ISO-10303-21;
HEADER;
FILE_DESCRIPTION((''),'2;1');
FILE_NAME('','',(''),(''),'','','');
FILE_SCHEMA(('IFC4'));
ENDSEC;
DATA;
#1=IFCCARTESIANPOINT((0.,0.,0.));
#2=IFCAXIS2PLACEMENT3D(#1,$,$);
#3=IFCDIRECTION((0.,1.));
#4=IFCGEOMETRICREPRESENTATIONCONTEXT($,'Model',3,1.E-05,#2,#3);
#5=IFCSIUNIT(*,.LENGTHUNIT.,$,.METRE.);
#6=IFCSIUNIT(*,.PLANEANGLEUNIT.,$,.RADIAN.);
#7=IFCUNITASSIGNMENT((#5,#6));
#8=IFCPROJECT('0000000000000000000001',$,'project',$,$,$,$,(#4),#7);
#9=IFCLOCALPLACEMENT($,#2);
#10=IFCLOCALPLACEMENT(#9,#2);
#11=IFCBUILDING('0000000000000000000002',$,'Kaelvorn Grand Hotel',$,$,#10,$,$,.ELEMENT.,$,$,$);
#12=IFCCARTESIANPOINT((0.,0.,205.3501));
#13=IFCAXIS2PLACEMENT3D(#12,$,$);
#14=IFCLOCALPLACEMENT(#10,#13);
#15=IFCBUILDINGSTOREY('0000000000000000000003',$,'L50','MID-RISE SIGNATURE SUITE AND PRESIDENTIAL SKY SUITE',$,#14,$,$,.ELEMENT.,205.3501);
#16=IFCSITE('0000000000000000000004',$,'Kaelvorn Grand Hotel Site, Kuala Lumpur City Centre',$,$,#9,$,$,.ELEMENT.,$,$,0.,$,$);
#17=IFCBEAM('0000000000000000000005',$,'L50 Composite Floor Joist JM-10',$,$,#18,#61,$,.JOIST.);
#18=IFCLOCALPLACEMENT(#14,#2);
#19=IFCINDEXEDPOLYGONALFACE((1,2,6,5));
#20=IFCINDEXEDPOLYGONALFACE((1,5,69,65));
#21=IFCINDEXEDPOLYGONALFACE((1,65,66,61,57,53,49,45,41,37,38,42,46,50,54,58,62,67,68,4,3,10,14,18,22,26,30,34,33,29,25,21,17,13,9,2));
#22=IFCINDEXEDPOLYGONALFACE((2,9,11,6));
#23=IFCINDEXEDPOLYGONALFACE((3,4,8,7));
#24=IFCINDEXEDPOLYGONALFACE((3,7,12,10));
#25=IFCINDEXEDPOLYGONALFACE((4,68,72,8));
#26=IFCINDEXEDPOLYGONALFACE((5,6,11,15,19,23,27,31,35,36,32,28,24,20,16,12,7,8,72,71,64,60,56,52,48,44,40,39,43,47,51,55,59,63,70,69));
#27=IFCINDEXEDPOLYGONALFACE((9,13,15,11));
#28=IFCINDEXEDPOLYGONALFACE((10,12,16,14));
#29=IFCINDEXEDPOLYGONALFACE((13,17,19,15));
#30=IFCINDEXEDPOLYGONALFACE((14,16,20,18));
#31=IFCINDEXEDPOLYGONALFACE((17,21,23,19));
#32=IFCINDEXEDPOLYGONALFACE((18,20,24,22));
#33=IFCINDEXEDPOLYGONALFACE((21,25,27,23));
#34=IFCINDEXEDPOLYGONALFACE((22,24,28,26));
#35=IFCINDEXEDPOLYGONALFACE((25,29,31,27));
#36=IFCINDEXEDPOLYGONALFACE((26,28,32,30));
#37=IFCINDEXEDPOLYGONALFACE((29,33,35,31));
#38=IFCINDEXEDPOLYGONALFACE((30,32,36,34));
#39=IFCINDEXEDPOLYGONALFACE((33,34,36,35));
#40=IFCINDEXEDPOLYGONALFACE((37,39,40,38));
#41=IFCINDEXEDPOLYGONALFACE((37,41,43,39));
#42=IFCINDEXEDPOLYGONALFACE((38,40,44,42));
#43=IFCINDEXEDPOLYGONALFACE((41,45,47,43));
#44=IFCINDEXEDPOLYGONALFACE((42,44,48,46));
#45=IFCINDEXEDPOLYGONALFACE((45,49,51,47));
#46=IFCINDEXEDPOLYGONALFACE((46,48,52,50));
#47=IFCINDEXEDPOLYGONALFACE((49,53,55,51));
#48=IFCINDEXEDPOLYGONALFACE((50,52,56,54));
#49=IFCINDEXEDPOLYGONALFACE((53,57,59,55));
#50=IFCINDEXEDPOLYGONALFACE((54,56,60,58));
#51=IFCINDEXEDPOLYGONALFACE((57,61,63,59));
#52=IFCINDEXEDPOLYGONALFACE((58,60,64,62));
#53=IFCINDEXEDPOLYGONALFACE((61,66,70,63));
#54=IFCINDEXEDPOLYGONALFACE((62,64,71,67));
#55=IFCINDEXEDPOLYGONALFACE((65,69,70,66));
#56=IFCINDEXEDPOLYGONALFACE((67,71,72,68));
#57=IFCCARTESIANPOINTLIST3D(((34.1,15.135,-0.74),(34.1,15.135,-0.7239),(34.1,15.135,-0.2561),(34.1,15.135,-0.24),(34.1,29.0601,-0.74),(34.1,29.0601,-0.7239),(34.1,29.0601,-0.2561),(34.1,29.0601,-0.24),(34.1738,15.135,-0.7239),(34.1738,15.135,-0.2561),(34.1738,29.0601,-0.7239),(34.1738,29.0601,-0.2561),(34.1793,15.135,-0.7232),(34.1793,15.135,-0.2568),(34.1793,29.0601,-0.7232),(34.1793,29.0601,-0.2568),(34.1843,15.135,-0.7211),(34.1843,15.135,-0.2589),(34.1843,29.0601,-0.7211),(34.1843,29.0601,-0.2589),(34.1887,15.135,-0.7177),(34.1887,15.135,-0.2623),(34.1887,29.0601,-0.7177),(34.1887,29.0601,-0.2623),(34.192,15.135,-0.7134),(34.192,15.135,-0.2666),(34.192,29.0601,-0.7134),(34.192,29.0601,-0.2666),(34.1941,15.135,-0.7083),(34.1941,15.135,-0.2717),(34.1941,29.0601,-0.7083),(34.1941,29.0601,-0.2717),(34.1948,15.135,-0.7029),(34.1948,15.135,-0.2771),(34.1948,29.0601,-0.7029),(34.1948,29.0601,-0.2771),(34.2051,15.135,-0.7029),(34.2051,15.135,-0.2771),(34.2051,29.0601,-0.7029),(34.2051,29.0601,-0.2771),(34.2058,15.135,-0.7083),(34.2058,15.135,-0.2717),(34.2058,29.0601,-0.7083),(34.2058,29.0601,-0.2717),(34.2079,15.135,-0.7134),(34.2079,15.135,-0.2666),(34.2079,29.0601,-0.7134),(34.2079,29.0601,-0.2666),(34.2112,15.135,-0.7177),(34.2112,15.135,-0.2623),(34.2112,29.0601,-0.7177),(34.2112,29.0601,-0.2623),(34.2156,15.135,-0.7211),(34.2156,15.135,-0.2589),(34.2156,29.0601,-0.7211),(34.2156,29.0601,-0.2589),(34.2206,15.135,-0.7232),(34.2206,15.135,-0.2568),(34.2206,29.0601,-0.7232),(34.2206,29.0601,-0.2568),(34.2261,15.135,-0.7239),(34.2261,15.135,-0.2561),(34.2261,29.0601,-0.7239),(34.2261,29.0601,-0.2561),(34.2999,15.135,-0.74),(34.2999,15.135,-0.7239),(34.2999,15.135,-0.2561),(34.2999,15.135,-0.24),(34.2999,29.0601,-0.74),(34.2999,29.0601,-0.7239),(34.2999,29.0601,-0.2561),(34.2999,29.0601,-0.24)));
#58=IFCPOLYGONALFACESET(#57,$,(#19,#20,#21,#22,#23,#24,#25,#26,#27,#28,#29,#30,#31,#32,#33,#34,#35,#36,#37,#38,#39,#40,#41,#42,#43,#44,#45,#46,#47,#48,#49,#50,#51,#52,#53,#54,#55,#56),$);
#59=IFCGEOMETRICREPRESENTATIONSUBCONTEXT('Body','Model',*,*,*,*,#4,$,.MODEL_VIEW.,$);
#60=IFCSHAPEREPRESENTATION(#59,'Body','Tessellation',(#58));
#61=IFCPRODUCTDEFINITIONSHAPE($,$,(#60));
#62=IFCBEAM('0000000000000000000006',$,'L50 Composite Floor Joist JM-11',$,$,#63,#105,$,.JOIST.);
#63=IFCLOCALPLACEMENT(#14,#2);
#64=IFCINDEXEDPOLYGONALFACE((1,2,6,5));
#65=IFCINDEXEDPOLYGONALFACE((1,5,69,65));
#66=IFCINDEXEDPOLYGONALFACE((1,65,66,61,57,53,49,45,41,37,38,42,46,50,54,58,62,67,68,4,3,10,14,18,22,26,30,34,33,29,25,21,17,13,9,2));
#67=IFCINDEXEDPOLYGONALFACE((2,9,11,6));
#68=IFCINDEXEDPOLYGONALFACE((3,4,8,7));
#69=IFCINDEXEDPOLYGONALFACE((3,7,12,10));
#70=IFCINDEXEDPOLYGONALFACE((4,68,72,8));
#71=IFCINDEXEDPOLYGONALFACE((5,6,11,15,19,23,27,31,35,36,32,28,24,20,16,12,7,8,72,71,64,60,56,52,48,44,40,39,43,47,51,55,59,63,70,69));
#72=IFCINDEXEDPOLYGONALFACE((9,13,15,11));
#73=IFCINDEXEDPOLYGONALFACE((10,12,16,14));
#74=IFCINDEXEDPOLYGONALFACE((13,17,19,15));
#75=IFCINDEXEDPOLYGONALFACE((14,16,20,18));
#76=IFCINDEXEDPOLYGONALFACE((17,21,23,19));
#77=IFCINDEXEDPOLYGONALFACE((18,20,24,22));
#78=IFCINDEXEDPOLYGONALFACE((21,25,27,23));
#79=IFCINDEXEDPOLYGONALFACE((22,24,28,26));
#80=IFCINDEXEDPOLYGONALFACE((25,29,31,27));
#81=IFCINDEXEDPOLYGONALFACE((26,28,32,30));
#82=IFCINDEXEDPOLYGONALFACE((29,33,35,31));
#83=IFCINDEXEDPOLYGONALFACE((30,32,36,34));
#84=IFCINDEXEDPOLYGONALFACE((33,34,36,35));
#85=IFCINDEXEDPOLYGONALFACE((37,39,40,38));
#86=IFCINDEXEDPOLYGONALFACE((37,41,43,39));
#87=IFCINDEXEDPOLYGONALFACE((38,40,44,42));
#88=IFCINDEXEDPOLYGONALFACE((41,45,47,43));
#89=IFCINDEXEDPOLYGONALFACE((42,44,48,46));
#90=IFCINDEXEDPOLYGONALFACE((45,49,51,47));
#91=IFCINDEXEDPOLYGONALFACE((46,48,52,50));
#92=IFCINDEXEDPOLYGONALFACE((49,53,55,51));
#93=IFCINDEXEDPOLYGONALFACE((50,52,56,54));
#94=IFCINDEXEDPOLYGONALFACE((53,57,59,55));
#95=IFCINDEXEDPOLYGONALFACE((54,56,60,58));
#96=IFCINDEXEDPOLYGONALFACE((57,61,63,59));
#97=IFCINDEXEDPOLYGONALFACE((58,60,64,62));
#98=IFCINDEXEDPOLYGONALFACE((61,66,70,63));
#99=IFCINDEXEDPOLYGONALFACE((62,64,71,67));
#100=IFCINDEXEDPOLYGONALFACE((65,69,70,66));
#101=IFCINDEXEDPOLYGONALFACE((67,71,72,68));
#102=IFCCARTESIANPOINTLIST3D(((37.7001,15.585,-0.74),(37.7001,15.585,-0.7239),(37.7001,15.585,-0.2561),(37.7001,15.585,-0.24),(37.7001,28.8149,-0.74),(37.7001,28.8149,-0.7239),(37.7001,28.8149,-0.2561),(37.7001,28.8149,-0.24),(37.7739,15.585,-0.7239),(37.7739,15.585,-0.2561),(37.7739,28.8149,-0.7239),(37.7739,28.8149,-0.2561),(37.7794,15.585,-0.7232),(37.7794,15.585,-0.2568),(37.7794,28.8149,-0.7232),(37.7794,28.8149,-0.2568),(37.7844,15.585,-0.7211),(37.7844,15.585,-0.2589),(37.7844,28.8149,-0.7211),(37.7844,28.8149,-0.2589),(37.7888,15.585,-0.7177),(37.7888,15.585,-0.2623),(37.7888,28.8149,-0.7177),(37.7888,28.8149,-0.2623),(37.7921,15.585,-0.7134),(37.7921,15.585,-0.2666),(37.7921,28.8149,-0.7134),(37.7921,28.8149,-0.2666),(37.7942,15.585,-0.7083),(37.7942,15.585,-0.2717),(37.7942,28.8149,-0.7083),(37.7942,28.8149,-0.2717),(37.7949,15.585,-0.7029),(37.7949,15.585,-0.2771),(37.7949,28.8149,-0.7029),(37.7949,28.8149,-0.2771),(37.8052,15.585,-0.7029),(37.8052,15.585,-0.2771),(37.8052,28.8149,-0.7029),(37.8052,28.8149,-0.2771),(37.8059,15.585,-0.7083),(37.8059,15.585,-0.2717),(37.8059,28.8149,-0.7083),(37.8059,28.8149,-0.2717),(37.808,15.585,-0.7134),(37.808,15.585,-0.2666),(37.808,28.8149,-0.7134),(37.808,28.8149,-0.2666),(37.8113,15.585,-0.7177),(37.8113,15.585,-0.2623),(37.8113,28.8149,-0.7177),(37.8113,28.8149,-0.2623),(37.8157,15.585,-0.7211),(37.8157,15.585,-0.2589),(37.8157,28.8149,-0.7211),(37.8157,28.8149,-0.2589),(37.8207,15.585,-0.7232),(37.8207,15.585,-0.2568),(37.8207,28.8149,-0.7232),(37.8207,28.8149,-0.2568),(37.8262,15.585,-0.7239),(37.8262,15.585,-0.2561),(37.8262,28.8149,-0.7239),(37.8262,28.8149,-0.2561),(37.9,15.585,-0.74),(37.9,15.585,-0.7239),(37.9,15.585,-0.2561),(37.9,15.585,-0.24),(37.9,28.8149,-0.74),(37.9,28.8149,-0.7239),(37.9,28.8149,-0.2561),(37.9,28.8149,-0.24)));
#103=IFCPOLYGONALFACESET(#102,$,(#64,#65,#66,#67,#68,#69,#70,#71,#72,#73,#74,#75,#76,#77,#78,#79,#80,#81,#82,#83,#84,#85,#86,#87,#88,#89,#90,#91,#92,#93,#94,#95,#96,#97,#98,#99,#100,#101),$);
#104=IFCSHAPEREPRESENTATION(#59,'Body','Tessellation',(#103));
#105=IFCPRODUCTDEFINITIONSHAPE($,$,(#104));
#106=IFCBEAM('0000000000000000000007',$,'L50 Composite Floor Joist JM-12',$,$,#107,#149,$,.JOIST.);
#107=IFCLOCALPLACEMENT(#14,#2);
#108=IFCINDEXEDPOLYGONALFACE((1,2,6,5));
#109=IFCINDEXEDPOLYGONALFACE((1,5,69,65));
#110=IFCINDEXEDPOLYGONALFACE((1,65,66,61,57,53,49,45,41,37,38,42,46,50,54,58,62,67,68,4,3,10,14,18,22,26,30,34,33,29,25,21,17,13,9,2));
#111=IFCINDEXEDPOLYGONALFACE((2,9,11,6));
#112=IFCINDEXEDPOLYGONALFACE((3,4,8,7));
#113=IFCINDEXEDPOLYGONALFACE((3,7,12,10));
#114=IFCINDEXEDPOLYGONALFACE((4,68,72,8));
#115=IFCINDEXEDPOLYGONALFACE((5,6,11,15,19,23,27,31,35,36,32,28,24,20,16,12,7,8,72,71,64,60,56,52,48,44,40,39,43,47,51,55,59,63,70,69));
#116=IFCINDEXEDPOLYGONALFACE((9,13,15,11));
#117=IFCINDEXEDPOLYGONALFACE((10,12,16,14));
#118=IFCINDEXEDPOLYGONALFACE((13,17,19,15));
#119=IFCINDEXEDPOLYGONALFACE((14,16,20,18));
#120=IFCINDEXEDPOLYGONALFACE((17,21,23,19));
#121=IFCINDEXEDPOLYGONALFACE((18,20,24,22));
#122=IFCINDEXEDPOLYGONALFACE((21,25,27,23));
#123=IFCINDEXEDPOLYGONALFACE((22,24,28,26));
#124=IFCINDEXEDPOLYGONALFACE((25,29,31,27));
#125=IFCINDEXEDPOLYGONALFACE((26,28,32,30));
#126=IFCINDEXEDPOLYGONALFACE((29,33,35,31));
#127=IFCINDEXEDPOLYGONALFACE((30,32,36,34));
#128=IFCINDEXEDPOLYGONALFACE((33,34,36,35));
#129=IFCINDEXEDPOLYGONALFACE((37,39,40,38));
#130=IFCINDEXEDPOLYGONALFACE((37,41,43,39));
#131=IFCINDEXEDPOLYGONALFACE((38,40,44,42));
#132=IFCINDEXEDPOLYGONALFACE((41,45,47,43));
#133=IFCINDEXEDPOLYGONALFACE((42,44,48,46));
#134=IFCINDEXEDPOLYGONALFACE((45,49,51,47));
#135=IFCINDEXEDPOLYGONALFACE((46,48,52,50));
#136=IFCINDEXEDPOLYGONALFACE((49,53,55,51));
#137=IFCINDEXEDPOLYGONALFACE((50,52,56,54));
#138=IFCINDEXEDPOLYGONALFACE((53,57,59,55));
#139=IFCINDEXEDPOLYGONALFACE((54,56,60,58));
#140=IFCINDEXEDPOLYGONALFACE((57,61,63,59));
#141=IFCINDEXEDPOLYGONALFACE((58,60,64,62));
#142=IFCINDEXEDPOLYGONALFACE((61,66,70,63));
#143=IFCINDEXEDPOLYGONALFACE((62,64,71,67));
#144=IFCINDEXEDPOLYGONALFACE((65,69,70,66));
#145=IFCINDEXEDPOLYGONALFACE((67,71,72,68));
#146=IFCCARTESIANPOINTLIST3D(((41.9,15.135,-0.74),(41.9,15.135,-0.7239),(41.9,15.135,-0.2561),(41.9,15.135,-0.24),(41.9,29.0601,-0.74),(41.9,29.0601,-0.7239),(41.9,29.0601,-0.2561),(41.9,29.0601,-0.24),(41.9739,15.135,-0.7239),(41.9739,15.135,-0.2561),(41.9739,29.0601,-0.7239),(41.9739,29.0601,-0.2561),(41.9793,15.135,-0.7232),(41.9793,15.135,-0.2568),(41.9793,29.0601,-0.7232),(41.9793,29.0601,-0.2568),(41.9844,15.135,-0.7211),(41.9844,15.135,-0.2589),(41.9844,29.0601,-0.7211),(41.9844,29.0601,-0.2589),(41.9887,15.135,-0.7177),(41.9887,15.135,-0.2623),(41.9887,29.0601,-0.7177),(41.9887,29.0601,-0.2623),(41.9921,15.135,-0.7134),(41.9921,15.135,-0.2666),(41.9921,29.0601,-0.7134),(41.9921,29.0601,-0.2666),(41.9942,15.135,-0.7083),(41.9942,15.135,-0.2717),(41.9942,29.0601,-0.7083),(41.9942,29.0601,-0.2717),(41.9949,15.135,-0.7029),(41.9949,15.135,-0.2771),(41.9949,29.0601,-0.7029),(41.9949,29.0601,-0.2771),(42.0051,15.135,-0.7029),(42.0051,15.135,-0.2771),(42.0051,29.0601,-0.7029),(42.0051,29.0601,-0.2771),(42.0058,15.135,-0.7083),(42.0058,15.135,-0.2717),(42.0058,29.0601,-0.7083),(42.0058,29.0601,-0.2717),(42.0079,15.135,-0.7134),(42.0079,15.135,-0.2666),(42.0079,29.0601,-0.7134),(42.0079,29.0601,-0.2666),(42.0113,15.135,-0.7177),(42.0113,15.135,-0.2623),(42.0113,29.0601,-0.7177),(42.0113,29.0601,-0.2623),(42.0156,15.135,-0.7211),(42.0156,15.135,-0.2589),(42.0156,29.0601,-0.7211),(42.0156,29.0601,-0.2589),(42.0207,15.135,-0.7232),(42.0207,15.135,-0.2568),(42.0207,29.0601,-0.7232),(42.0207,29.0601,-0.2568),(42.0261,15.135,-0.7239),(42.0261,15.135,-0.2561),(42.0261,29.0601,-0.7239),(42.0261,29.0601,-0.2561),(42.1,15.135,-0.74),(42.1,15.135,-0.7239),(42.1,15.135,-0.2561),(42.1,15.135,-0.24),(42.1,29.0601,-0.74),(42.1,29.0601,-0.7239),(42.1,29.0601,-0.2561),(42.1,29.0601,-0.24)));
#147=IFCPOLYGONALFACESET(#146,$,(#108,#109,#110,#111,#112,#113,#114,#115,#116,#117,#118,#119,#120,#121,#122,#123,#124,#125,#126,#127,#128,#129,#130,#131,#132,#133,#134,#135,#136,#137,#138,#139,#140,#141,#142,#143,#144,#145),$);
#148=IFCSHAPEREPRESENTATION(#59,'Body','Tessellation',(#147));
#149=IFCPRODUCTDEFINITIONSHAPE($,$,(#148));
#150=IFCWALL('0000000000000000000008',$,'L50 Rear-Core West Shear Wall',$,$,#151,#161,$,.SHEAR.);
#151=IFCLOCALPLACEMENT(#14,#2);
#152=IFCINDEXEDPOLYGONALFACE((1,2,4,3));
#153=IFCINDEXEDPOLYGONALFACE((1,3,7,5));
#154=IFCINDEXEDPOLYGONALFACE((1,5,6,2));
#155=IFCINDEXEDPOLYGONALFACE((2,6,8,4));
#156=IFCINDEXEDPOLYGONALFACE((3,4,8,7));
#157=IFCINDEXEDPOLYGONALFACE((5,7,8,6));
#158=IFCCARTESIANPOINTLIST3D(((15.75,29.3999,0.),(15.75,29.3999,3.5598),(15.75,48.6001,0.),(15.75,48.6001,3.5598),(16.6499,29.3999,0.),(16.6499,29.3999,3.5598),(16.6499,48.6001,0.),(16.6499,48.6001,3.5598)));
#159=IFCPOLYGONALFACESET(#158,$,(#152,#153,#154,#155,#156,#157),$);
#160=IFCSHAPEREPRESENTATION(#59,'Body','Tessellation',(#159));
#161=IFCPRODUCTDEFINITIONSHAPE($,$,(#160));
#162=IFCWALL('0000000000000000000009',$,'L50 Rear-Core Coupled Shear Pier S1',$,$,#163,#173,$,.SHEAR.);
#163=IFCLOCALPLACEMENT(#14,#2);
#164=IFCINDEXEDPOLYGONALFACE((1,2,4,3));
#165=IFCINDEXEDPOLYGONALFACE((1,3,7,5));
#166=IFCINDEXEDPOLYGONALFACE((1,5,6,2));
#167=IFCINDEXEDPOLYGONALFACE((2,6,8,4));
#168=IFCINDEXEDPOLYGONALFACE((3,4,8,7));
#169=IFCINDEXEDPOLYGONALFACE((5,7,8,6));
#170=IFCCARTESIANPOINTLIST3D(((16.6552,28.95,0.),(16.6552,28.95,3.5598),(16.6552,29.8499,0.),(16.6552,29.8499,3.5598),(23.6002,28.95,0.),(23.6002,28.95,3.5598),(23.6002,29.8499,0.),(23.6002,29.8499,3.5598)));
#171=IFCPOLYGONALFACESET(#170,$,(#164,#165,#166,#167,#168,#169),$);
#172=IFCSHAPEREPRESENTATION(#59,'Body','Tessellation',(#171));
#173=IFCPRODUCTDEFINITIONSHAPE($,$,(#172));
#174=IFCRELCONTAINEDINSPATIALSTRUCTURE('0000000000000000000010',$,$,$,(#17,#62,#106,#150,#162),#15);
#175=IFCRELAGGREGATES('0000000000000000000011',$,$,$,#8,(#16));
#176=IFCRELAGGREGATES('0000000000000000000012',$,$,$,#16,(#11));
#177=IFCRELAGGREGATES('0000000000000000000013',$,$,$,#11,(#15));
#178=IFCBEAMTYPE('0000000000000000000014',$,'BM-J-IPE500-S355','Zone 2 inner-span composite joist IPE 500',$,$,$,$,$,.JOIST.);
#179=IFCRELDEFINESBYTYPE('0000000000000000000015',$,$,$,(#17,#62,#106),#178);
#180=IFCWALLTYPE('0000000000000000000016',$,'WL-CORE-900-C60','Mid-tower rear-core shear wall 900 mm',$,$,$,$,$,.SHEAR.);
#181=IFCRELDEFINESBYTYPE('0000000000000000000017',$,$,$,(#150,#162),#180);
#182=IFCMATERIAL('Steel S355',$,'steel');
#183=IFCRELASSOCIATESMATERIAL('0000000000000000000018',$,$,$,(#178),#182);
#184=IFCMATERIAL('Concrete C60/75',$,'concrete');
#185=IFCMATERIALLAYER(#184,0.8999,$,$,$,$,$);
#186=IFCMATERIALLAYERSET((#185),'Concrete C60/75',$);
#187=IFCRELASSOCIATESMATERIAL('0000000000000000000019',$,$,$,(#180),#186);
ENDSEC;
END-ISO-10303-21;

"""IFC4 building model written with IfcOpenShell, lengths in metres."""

from ifc_helpers import new_model, si_unit, direction, frame, frame_2d, origin, origin_2d, place, context, subcontext, project, spatial, rectangle, i_section, extrude, material, layer, layer_set, material_profile, profile_set, type_object, element, save


model = new_model("IFC4")

# Units and contexts
model_context = context("Model", 3, precision=1e-05, world=origin(), true_north=direction((0.0, 1.0)))
body_context = subcontext(model_context, "Body", "Model", "MODEL_VIEW")
ifc_project = project(units=[si_unit("LENGTHUNIT", "METRE"), si_unit("PLANEANGLEUNIT", "RADIAN")], contexts=[model_context])

# Site, building, storey
site_placement = place(None, origin())
site = spatial("IfcSite", under=ifc_project, at=site_placement, Name="Kaelvorn Grand Hotel Site, Kuala Lumpur City Centre", CompositionType="ELEMENT", RefElevation=0.0)
building_placement = place(site_placement, origin())
building = spatial("IfcBuilding", under=site, at=building_placement, Name="Kaelvorn Grand Hotel", CompositionType="ELEMENT")
storey_placement = place(building_placement, frame((0.0, 0.0, 205.3501)))
storey = spatial("IfcBuildingStorey", under=building, at=storey_placement, Name="L50", Description="MID-RISE SIGNATURE SUITE AND PRESIDENTIAL SKY SUITE", CompositionType="ELEMENT", Elevation=205.3501)

# Shared definitions
ifc_material_1 = material(Name="Concrete C60/75", Category="concrete")

# Beams
ifc_material_2 = material(Name="Steel S355", Category="steel")
ifc_material_profile_1 = material_profile(ifc_material_2, i_section(OverallWidth=0.2, OverallDepth=0.5, WebThickness=0.0103, FlangeThickness=0.0161, FilletRadius=0.021, at=origin_2d()), Name="IPE 500")
ifc_profile_set_1 = profile_set([ifc_material_profile_1], Name="Steel S355")
beam_type_1 = type_object("IfcBeamType", Name="BM-J-IPE500-S355", Description="Zone 2 inner-span composite joist IPE 500", PredefinedType="JOIST", material=ifc_profile_set_1)
beam_1_placement = place(storey_placement, frame((34.2, 15.135, -0.49), z_axis=(0.0, 1.0, 0.0), x_axis=(-1.0, 0.0, 0.0)))
element("IfcBeam", 1, at=beam_1_placement, inside=storey, type_object=beam_type_1, Name="L50 Composite Floor Joist JM-10", PredefinedType="JOIST", context=body_context, shape_type="SweptSolid", body=[
    extrude(i_section(OverallWidth=0.2, OverallDepth=0.5, WebThickness=0.0103, FlangeThickness=0.0161, FilletRadius=0.021, at=origin_2d()), origin(), (0.0, 0.0, 1.0), 13.925),
])
beam_2_placement = place(storey_placement, frame((37.8, 15.585, -0.49), z_axis=(0.0, 1.0, 0.0), x_axis=(-1.0, 0.0, 0.0)))
element("IfcBeam", 2, at=beam_2_placement, inside=storey, type_object=beam_type_1, Name="L50 Composite Floor Joist JM-11", PredefinedType="JOIST", context=body_context, shape_type="SweptSolid", body=[
    extrude(i_section(OverallWidth=0.2, OverallDepth=0.5, WebThickness=0.0103, FlangeThickness=0.0161, FilletRadius=0.021, at=origin_2d()), origin(), (0.0, 0.0, 1.0), 13.23),
])
beam_3_placement = place(storey_placement, frame((42.0, 15.135, -0.49), z_axis=(0.0, 1.0, 0.0), x_axis=(-1.0, 0.0, 0.0)))
element("IfcBeam", 3, at=beam_3_placement, inside=storey, type_object=beam_type_1, Name="L50 Composite Floor Joist JM-12", PredefinedType="JOIST", context=body_context, shape_type="SweptSolid", body=[
    extrude(i_section(OverallWidth=0.2, OverallDepth=0.5, WebThickness=0.0103, FlangeThickness=0.0161, FilletRadius=0.021, at=origin_2d()), origin(), (0.0, 0.0, 1.0), 13.925),
])

# Walls
ifc_layer_1 = layer(ifc_material_1, 0.8999)
ifc_layer_set_1 = layer_set([ifc_layer_1], Name="Concrete C60/75")
wall_type_1 = type_object("IfcWallType", Name="WL-CORE-900-C60", Description="Mid-tower rear-core shear wall 900 mm", PredefinedType="SHEAR", material=ifc_layer_set_1)
wall_1_placement = place(storey_placement, frame((16.2, 29.3999, 0.0), z_axis=(0.0, 0.0, 1.0), x_axis=(0.0, 1.0, 0.0)))
element("IfcWall", 4, at=wall_1_placement, inside=storey, type_object=wall_type_1, Name="L50 Rear-Core West Shear Wall", PredefinedType="SHEAR", context=body_context, shape_type="SweptSolid", body=[
    extrude(rectangle(XDim=19.2002, YDim=0.8999, at=frame_2d((9.6001, 0.0))), origin(), (0.0, 0.0, 1.0), 3.5598),
])
wall_2_placement = place(storey_placement, frame((16.655, 29.3999, 0.0), z_axis=(0.0, 0.0, 1.0), x_axis=(1.0, 0.0, 0.0)))
element("IfcWall", 5, at=wall_2_placement, inside=storey, type_object=wall_type_1, Name="L50 Rear-Core Coupled Shear Pier S1", PredefinedType="SHEAR", context=body_context, shape_type="SweptSolid", body=[
    extrude(rectangle(XDim=6.9451, YDim=0.8999, at=frame_2d((3.4727, 0.0))), origin(), (0.0, 0.0, 1.0), 3.5598),
])

save(model, "model.ifc")
